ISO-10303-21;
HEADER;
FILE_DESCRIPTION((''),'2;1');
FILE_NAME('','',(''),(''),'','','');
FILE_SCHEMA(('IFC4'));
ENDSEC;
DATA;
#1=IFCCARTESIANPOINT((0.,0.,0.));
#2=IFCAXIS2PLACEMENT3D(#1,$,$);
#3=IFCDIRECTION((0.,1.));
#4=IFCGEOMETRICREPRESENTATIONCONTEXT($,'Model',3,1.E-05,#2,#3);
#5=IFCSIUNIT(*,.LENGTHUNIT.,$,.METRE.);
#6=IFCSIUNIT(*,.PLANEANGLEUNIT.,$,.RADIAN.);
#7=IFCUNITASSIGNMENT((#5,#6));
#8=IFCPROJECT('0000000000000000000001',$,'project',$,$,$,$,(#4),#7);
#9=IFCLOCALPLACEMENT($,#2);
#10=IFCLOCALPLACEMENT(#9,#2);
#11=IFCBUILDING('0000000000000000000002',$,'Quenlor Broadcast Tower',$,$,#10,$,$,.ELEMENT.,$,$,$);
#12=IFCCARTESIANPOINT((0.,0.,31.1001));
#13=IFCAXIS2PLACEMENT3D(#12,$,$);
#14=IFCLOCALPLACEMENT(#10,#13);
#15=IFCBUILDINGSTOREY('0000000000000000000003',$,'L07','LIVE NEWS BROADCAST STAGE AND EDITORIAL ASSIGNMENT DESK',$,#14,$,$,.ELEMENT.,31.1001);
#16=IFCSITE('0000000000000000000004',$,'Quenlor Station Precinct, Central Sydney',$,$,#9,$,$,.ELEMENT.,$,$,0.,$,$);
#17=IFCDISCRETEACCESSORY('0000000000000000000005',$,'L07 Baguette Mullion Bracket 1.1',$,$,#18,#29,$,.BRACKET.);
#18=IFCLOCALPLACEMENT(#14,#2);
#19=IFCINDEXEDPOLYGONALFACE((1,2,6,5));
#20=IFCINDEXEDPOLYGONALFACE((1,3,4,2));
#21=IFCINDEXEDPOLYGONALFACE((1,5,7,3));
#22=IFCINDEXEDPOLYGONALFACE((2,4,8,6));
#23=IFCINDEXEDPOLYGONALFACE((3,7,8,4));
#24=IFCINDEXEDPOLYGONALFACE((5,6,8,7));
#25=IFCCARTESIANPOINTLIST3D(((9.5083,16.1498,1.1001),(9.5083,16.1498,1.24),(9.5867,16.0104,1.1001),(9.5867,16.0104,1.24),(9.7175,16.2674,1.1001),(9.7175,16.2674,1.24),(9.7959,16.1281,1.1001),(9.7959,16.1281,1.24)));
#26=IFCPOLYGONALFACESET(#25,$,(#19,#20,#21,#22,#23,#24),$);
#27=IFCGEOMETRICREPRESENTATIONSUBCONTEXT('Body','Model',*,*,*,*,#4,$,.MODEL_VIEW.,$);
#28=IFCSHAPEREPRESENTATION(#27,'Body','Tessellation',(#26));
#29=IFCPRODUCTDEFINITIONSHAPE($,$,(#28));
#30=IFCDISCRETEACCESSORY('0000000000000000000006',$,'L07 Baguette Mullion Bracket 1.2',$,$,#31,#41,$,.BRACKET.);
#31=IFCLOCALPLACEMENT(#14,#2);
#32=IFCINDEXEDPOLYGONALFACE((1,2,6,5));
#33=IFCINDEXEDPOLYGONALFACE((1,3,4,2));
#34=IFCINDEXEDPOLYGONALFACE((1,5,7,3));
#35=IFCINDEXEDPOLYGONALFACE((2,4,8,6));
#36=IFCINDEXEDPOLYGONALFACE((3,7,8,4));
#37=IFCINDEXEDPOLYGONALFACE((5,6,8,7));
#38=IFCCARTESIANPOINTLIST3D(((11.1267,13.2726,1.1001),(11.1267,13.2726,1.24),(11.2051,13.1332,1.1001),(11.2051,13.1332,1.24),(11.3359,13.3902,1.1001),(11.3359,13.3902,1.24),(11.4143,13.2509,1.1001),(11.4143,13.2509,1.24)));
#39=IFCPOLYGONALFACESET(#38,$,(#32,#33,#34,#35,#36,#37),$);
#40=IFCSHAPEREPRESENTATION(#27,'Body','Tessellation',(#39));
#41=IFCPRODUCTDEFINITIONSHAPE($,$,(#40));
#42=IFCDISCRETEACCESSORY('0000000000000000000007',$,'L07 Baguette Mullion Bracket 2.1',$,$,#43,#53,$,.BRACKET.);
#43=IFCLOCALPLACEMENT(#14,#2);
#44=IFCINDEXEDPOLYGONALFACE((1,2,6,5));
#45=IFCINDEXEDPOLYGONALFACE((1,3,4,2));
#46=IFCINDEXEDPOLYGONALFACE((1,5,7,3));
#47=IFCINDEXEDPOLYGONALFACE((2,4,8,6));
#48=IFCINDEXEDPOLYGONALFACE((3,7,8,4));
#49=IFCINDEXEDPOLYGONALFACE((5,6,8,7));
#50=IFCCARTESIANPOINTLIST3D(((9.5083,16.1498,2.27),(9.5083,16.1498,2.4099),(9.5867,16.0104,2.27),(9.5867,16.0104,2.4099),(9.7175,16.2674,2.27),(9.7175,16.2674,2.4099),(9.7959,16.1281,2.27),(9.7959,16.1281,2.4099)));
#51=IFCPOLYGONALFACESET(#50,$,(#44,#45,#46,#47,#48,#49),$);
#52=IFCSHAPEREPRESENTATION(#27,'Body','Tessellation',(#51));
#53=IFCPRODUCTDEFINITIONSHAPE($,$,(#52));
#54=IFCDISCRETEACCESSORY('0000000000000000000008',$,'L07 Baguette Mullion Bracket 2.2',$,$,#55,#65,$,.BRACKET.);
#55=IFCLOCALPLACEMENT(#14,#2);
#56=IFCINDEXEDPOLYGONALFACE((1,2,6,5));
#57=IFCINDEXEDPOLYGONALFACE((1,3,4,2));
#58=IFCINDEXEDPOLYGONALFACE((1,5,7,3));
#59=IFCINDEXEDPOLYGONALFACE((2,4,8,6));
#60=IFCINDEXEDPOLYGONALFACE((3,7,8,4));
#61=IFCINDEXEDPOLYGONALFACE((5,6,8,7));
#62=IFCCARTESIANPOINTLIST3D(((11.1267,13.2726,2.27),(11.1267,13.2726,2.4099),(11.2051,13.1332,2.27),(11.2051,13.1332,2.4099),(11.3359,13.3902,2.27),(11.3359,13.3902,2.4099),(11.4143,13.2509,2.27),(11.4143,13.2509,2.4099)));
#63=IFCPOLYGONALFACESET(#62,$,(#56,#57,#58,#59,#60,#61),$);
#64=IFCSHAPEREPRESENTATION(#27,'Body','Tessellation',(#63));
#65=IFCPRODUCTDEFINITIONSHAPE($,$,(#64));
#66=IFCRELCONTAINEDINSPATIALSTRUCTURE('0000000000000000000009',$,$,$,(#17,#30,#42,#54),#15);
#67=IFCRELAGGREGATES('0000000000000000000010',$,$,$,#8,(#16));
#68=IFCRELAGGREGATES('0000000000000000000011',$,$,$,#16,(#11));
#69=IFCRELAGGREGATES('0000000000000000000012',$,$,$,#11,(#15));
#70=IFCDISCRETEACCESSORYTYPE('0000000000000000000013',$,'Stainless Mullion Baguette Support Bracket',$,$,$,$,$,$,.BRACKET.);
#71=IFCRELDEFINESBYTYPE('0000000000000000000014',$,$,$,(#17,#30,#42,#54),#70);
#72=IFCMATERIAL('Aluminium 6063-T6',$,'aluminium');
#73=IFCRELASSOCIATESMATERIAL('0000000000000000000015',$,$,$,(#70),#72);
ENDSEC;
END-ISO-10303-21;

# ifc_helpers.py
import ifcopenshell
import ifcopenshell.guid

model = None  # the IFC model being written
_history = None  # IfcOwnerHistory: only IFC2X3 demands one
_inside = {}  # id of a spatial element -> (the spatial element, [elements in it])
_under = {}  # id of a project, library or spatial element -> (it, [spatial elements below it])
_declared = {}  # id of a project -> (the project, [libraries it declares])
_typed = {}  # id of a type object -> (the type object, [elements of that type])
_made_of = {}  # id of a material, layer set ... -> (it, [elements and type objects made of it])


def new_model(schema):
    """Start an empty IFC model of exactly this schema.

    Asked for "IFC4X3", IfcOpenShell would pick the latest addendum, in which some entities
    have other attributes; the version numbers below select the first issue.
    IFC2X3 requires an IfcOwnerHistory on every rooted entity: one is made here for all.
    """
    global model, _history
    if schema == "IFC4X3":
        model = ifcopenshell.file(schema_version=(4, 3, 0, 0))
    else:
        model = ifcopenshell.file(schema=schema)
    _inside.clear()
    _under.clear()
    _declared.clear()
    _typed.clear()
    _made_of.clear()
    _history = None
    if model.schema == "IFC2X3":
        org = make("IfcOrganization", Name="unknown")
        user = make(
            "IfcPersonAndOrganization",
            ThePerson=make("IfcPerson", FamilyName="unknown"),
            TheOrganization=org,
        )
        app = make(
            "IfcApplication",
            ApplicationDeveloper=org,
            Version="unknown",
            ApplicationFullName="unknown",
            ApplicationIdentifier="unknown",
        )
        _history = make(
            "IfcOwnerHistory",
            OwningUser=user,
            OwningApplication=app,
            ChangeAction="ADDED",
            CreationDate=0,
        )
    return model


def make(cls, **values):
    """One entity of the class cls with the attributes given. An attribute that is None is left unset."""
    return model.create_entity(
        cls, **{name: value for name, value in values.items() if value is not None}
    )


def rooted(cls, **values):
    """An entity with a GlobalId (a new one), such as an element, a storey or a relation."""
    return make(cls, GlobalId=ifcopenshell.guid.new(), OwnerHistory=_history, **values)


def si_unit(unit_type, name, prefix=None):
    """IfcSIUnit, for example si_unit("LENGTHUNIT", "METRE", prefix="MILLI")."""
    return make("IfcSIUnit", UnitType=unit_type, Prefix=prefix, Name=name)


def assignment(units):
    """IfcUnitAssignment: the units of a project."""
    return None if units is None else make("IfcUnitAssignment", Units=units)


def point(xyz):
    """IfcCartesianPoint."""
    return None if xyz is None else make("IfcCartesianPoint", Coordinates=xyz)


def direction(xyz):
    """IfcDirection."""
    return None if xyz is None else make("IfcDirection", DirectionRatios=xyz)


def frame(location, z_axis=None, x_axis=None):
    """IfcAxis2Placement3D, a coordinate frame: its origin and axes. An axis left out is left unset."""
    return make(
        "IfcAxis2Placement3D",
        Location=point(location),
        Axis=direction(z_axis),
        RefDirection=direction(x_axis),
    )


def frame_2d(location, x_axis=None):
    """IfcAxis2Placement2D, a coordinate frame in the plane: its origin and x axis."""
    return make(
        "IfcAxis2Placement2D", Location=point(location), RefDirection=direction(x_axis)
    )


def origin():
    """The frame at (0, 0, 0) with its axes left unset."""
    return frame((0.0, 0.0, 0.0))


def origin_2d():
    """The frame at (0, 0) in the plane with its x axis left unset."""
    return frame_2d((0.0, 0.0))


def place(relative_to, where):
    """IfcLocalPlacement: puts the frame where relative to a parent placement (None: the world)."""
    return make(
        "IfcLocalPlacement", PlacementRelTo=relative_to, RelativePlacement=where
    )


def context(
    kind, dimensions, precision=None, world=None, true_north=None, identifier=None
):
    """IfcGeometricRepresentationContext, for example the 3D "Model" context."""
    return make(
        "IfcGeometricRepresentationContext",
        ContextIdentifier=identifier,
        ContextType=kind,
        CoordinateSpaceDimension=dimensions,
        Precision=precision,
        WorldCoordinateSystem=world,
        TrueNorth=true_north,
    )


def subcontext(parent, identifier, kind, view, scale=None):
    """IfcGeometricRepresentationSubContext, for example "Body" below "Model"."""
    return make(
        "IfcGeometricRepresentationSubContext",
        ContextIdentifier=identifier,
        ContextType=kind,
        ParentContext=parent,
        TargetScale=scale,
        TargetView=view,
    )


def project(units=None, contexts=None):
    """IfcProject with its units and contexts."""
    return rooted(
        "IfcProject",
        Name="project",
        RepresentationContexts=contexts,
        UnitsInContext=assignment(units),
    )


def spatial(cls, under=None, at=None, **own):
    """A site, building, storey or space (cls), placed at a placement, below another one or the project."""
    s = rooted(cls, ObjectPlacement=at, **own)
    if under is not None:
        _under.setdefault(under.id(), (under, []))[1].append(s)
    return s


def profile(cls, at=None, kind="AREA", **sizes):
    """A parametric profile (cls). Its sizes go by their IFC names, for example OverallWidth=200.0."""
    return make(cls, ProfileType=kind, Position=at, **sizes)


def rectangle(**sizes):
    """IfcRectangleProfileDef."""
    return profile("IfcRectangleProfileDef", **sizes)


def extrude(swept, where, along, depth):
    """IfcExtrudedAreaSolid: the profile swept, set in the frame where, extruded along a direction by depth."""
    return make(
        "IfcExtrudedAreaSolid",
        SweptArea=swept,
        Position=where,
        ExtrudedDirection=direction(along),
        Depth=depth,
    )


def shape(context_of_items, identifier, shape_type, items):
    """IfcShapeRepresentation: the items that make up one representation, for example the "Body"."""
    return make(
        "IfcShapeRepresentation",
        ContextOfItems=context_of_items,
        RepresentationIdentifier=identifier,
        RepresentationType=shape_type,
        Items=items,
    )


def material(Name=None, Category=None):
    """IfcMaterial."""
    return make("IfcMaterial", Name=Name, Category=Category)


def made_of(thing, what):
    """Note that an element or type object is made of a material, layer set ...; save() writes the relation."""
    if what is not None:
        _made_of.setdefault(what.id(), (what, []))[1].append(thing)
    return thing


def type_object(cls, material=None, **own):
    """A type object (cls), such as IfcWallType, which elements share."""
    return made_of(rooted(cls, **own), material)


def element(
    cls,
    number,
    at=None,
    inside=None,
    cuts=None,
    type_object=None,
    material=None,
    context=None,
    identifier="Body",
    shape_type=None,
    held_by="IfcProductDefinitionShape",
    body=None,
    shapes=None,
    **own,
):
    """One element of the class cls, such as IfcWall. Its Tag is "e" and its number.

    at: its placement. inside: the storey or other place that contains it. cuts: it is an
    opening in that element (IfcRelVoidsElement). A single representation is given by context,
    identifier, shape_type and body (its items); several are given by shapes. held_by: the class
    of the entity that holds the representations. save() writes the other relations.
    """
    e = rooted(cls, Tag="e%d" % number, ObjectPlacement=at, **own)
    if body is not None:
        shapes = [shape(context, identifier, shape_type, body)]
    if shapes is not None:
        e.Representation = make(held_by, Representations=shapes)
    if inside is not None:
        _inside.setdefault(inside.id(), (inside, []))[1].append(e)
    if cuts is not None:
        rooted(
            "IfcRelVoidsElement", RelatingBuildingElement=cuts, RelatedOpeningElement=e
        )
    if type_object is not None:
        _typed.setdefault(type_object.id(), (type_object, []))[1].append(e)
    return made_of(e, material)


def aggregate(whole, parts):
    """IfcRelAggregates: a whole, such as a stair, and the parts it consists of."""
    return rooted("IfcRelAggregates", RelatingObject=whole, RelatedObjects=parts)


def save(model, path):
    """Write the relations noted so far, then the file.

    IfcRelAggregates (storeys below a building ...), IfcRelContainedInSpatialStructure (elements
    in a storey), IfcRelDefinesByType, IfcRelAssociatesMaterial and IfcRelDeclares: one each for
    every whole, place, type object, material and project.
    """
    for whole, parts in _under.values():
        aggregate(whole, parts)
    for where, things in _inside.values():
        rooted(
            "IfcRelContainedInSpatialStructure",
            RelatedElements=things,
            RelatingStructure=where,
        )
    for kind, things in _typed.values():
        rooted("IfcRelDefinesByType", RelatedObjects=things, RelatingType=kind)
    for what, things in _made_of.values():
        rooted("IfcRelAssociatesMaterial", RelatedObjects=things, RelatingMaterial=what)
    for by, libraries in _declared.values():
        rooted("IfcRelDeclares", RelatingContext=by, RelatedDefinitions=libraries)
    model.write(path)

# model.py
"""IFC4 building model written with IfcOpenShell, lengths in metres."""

from ifc_helpers import new_model, si_unit, direction, frame, origin, origin_2d, place, context, subcontext, project, spatial, rectangle, extrude, material, type_object, element, save


model = new_model("IFC4")

# Units and contexts
model_context = context("Model", 3, precision=1e-05, world=origin(), true_north=direction((0.0, 1.0)))
body_context = subcontext(model_context, "Body", "Model", "MODEL_VIEW")
ifc_project = project(units=[si_unit("LENGTHUNIT", "METRE"), si_unit("PLANEANGLEUNIT", "RADIAN")], contexts=[model_context])

# Site, building, storey
site_placement = place(None, origin())
site = spatial("IfcSite", under=ifc_project, at=site_placement, Name="Quenlor Station Precinct, Central Sydney", CompositionType="ELEMENT", RefElevation=0.0)
building_placement = place(site_placement, origin())
building = spatial("IfcBuilding", under=site, at=building_placement, Name="Quenlor Broadcast Tower", CompositionType="ELEMENT")
storey_placement = place(building_placement, frame((0.0, 0.0, 31.1001)))
storey = spatial("IfcBuildingStorey", under=building, at=storey_placement, Name="L07", Description="LIVE NEWS BROADCAST STAGE AND EDITORIAL ASSIGNMENT DESK", CompositionType="ELEMENT", Elevation=31.1001)

# Discrete accessories
ifc_material_1 = material(Name="Aluminium 6063-T6", Category="aluminium")
discrete_accessory_type = type_object("IfcDiscreteAccessoryType", Name="Stainless Mullion Baguette Support Bracket", PredefinedType="BRACKET", material=ifc_material_1)
for number, where, z_axis, x_axis, name in (
    (1, (9.6521, 16.1389, 1.1001), (0.0, 0.0, 1.0), (0.490244, -0.871585, 0.0), "L07 Baguette Mullion Bracket 1.1"),
    (2, (11.2705, 13.2617, 1.1001), (0.0, 0.0, 1.0), (0.490244, -0.871585, 0.0), "L07 Baguette Mullion Bracket 1.2"),
    (3, (9.6521, 16.1389, 2.27), (0.0, 0.0, 1.0), (0.490244, -0.871585, 0.0), "L07 Baguette Mullion Bracket 2.1"),
    (4, (11.2705, 13.2617, 2.27), (0.0, 0.0, 1.0), (0.490244, -0.871585, 0.0), "L07 Baguette Mullion Bracket 2.2"),
):
    element("IfcDiscreteAccessory", number, at=place(storey_placement, frame(where, z_axis=z_axis, x_axis=x_axis)), inside=storey, type_object=discrete_accessory_type, Name=name, PredefinedType="BRACKET", context=body_context, shape_type="SweptSolid", body=[
        extrude(rectangle(XDim=0.1599, YDim=0.24, at=origin_2d()), origin(), (0.0, 0.0, 1.0), 0.1399),
    ])

save(model, "model.ifc")
